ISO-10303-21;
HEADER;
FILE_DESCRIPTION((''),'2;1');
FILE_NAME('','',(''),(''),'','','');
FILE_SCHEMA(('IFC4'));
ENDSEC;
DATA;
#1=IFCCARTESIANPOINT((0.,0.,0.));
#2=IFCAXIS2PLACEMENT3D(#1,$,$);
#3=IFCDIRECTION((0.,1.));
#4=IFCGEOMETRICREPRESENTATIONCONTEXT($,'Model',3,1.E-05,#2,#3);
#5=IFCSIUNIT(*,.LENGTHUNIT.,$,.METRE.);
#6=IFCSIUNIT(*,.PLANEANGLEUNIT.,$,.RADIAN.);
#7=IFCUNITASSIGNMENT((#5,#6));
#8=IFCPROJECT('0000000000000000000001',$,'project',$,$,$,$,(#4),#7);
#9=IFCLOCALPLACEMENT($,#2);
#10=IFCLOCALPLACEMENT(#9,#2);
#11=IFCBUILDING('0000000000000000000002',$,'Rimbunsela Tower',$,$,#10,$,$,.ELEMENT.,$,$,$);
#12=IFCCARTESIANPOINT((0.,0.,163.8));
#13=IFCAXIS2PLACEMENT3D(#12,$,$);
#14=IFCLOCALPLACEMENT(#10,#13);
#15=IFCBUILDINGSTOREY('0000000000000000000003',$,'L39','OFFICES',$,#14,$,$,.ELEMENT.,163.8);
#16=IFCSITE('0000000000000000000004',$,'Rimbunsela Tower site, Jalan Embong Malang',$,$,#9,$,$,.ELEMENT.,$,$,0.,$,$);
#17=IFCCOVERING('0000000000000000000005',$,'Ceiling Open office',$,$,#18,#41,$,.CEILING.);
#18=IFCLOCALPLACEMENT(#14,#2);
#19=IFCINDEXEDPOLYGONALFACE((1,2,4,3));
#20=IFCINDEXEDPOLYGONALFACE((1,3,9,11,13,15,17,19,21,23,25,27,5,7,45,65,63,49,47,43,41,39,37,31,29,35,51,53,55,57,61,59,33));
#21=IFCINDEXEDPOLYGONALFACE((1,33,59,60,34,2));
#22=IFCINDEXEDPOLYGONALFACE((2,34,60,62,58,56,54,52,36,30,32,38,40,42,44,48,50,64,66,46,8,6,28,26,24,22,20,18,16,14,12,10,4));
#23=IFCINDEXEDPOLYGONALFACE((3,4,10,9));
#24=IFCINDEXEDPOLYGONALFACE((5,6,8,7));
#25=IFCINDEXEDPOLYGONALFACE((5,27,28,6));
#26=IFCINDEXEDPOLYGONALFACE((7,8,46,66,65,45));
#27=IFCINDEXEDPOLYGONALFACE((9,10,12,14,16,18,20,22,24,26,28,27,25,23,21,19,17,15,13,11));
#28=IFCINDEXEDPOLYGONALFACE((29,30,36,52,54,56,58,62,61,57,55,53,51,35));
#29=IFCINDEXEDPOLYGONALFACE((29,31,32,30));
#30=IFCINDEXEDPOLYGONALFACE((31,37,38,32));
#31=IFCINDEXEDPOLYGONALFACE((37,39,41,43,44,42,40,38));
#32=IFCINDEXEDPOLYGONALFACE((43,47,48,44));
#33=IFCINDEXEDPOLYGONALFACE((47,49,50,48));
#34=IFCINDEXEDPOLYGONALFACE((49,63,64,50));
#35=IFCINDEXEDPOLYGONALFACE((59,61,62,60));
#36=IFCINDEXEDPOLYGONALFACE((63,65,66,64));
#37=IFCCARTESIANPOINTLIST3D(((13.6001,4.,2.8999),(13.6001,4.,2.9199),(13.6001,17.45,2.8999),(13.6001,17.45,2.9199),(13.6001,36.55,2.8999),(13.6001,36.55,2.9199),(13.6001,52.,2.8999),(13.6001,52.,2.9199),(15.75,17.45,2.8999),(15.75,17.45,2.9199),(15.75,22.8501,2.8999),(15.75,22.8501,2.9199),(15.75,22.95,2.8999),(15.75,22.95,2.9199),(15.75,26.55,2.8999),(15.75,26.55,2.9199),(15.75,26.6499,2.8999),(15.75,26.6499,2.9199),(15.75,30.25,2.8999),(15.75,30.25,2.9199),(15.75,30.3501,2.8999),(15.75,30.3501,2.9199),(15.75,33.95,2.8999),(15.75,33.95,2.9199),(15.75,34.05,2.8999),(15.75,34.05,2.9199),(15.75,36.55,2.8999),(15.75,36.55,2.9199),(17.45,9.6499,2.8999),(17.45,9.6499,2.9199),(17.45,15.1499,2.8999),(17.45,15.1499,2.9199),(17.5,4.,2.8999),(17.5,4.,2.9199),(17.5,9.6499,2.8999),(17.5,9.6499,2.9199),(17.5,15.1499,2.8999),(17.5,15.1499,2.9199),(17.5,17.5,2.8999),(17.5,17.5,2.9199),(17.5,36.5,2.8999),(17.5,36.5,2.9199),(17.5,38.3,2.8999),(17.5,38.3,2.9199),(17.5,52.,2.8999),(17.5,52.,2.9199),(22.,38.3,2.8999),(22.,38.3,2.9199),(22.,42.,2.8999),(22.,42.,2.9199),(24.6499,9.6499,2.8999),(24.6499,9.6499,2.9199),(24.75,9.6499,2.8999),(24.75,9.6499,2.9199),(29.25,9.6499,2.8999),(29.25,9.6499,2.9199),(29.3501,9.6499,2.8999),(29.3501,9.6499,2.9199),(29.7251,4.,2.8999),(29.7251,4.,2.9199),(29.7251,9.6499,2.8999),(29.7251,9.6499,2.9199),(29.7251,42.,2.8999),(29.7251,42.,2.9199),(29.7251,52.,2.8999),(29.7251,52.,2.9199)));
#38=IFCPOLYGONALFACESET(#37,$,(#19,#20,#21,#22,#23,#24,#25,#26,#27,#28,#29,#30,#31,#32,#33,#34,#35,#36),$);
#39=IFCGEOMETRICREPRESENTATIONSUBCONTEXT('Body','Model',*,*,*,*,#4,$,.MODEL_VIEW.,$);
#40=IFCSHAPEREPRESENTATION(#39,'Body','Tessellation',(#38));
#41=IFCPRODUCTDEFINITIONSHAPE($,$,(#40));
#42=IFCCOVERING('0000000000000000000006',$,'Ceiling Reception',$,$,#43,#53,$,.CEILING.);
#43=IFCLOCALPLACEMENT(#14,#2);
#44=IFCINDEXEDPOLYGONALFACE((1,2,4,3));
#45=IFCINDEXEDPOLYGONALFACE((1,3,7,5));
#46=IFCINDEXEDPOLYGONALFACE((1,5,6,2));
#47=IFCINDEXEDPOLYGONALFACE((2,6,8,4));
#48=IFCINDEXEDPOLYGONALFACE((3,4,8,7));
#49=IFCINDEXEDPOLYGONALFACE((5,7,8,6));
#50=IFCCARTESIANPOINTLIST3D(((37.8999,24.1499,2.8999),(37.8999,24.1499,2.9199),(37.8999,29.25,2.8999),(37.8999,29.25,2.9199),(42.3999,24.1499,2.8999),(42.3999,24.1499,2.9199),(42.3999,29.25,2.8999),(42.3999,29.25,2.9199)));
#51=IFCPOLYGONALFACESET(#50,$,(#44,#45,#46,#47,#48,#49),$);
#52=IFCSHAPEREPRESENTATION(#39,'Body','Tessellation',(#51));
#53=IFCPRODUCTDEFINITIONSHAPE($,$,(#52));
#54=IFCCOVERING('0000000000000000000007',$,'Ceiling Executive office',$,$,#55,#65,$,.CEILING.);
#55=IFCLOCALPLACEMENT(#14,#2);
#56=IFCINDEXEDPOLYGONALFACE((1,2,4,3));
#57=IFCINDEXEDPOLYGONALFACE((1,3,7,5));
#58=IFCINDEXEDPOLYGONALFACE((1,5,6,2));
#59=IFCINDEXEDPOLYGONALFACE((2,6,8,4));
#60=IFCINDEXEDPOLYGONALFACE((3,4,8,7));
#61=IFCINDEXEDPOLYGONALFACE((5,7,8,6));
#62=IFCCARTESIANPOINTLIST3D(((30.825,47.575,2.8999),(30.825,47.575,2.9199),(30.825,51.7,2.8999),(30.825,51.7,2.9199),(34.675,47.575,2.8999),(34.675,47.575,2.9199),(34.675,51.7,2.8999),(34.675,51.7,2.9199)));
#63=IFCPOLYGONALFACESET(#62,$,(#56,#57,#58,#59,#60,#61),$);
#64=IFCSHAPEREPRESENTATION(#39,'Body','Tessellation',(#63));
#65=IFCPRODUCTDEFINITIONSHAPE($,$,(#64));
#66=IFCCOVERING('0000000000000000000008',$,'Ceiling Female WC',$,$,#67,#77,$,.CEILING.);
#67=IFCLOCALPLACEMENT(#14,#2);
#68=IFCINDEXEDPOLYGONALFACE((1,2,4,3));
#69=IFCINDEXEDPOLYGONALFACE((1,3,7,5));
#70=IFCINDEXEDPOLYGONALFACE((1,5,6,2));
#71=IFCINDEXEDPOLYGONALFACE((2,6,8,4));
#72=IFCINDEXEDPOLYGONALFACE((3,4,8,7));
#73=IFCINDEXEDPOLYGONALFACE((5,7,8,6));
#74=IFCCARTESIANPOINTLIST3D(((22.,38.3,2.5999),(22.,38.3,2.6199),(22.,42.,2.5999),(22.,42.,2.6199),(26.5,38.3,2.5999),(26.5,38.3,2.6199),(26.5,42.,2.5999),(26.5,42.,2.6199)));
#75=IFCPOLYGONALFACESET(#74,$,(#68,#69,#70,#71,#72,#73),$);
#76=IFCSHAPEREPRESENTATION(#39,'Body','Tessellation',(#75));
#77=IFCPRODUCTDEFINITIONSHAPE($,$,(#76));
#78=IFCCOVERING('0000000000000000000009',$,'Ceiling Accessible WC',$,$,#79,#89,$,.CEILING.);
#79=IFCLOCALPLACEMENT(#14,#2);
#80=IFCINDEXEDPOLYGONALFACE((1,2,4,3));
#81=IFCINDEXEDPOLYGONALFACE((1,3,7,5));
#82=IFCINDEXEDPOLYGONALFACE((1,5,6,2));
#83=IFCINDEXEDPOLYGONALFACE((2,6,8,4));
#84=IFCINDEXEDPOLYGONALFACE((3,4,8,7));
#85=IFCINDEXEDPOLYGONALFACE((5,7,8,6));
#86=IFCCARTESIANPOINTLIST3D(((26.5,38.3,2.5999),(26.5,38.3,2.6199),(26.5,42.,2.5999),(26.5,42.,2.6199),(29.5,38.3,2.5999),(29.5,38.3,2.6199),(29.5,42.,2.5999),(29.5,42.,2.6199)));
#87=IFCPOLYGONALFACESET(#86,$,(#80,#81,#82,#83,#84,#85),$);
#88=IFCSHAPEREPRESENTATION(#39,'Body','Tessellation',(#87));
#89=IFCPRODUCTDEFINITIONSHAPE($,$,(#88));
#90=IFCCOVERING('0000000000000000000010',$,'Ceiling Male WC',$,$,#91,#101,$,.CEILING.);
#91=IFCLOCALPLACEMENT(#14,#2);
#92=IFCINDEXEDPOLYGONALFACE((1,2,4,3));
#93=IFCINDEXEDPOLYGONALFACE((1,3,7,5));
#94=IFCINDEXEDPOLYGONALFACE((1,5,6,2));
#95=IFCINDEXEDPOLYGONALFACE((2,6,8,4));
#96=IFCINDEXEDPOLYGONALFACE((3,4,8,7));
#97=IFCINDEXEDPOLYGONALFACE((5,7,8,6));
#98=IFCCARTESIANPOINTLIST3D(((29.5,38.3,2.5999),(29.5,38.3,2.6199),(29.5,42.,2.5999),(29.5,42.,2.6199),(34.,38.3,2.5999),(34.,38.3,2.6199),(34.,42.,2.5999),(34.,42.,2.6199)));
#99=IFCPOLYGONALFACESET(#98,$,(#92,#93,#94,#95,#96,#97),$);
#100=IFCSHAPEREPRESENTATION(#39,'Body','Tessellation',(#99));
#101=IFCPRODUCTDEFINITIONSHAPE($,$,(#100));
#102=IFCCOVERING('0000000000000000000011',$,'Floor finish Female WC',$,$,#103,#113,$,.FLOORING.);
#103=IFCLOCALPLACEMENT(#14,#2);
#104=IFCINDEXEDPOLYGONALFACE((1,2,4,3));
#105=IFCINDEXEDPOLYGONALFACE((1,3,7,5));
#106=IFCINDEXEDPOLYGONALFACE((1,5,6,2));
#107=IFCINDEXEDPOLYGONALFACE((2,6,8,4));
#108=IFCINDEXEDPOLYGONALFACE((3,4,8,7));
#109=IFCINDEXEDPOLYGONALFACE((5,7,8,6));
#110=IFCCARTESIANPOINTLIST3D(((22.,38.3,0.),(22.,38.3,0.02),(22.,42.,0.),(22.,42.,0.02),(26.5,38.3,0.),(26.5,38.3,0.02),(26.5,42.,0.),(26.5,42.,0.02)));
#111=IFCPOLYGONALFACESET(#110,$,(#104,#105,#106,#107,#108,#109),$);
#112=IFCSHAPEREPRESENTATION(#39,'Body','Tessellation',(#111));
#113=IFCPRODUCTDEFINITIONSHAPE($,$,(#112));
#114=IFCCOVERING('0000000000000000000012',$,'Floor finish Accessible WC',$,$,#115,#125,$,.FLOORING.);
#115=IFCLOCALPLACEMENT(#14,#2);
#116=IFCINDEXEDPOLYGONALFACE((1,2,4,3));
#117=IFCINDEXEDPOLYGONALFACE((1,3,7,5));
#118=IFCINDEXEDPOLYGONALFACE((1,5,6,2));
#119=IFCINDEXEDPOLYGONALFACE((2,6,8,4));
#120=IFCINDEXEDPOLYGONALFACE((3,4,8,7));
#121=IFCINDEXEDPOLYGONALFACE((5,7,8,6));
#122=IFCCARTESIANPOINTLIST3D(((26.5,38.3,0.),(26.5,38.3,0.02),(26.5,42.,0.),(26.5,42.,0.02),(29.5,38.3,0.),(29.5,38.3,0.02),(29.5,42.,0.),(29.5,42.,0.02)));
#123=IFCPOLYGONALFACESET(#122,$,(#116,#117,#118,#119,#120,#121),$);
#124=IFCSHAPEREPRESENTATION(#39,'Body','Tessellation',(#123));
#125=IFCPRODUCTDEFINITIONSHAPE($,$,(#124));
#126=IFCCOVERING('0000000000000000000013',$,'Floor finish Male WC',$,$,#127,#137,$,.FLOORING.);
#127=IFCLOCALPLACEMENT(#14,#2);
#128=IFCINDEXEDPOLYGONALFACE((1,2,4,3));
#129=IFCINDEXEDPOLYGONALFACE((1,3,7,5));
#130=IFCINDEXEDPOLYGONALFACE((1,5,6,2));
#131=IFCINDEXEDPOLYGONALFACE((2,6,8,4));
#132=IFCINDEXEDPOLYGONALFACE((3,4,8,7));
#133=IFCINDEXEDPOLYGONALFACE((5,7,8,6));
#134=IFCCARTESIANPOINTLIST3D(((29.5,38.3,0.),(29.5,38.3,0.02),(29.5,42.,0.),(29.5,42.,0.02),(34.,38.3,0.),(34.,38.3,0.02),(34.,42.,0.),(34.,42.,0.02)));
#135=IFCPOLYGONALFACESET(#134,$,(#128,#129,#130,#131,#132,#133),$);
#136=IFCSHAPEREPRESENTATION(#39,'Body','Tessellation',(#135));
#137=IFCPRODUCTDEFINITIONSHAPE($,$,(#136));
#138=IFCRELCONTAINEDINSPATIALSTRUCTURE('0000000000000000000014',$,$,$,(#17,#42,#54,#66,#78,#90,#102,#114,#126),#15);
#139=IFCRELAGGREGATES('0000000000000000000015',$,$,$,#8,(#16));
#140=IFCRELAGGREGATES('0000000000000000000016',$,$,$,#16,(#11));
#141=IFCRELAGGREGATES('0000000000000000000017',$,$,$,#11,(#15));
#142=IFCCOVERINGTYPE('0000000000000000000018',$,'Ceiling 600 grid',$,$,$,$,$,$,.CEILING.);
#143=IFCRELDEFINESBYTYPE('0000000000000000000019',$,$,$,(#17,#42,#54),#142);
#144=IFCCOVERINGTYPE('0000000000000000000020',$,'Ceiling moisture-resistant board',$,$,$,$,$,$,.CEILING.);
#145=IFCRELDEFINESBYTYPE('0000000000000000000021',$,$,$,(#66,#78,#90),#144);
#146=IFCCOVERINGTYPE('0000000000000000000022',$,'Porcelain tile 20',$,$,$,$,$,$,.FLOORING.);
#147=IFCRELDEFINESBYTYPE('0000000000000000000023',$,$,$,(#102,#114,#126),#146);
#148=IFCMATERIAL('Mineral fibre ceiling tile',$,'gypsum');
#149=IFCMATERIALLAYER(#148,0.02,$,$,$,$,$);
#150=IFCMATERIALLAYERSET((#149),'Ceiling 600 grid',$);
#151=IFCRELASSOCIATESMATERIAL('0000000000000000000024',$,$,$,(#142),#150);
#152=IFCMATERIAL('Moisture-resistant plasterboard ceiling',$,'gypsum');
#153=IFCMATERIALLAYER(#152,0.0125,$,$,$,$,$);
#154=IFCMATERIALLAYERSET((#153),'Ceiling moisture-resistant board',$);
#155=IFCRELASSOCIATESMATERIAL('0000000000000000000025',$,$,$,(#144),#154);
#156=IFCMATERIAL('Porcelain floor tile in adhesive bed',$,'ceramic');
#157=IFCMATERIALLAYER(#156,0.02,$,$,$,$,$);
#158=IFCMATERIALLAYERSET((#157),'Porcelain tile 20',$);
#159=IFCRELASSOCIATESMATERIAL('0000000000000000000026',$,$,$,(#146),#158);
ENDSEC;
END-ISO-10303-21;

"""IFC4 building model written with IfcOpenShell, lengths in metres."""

from ifc_helpers import new_model, si_unit, direction, frame, origin, place, context, subcontext, project, spatial, polyline, outline, extrude, material, layer, layer_set, type_object, element, save


model = new_model("IFC4")

# Units and contexts
model_context = context("Model", 3, precision=1e-05, world=origin(), true_north=direction((0.0, 1.0)))
body_context = subcontext(model_context, "Body", "Model", "MODEL_VIEW")
ifc_project = project(units=[si_unit("LENGTHUNIT", "METRE"), si_unit("PLANEANGLEUNIT", "RADIAN")], contexts=[model_context])

# Site, building, storey
site_placement = place(None, origin())
site = spatial("IfcSite", under=ifc_project, at=site_placement, Name="Rimbunsela Tower site, Jalan Embong Malang", CompositionType="ELEMENT", RefElevation=0.0)
building_placement = place(site_placement, origin())
building = spatial("IfcBuilding", under=site, at=building_placement, Name="Rimbunsela Tower", CompositionType="ELEMENT")
storey_placement = place(building_placement, frame((0.0, 0.0, 163.8)))
storey = spatial("IfcBuildingStorey", under=building, at=storey_placement, Name="L39", Description="OFFICES", CompositionType="ELEMENT", Elevation=163.8)

# Coverings
ifc_material_1 = material(Name="Mineral fibre ceiling tile", Category="gypsum")
ifc_layer_1 = layer(ifc_material_1, 0.02)
ifc_layer_set_1 = layer_set([ifc_layer_1], Name="Ceiling 600 grid")
covering_type_1 = type_object("IfcCoveringType", Name="Ceiling 600 grid", PredefinedType="CEILING", material=ifc_layer_set_1)
covering_1_placement = place(storey_placement, frame((0.0, 0.0, 2.8999)))
element("IfcCovering", 1, at=covering_1_placement, inside=storey, type_object=covering_type_1, Name="Ceiling Open office", PredefinedType="CEILING", context=body_context, shape_type="SweptSolid", body=[
    extrude(outline(polyline([(17.5, 4.0), (13.6001, 4.0), (13.6001, 17.45), (15.75, 17.45), (15.75, 22.8501), (15.75, 22.95), (15.75, 26.55), (15.75, 26.6499), (15.75, 30.25), (15.75, 30.3501), (15.75, 33.95), (15.75, 34.05), (15.75, 36.55), (13.6001, 36.55), (13.6001, 52.0), (17.5, 52.0), (29.7251, 52.0), (29.7251, 42.0), (22.0, 42.0), (22.0, 38.3), (17.5, 38.3), (17.5, 36.5), (17.5, 17.5), (17.5, 15.1499), (17.45, 15.1499), (17.45, 9.6499), (17.5, 9.6499), (24.6499, 9.6499), (24.75, 9.6499), (29.25, 9.6499), (29.3501, 9.6499), (29.7251, 9.6499), (29.7251, 4.0), (17.5, 4.0)])), origin(), (0.0, 0.0, 1.0), 0.02),
])
covering_2_placement = place(storey_placement, frame((0.0, 0.0, 2.8999)))
element("IfcCovering", 2, at=covering_2_placement, inside=storey, type_object=covering_type_1, Name="Ceiling Reception", PredefinedType="CEILING", context=body_context, shape_type="SweptSolid", body=[
    extrude(outline(polyline([(42.3999, 24.1499), (42.3999, 29.25), (37.8999, 29.25), (37.8999, 24.1499), (42.3999, 24.1499)])), origin(), (0.0, 0.0, 1.0), 0.02),
])
covering_3_placement = place(storey_placement, frame((0.0, 0.0, 2.8999)))
element("IfcCovering", 3, at=covering_3_placement, inside=storey, type_object=covering_type_1, Name="Ceiling Executive office", PredefinedType="CEILING", context=body_context, shape_type="SweptSolid", body=[
    extrude(outline(polyline([(34.675, 47.575), (34.675, 51.7), (30.825, 51.7), (30.825, 47.575), (34.675, 47.575)])), origin(), (0.0, 0.0, 1.0), 0.02),
])
ifc_material_2 = material(Name="Moisture-resistant plasterboard ceiling", Category="gypsum")
ifc_layer_2 = layer(ifc_material_2, 0.0125)
ifc_layer_set_2 = layer_set([ifc_layer_2], Name="Ceiling moisture-resistant board")
covering_type_2 = type_object("IfcCoveringType", Name="Ceiling moisture-resistant board", PredefinedType="CEILING", material=ifc_layer_set_2)
covering_4_placement = place(storey_placement, frame((0.0, 0.0, 2.5999)))
element("IfcCovering", 4, at=covering_4_placement, inside=storey, type_object=covering_type_2, Name="Ceiling Female WC", PredefinedType="CEILING", context=body_context, shape_type="SweptSolid", body=[
    extrude(outline(polyline([(26.5, 38.3), (26.5, 42.0), (22.0, 42.0), (22.0, 38.3), (26.5, 38.3)])), origin(), (0.0, 0.0, 1.0), 0.02),
])
covering_5_placement = place(storey_placement, frame((0.0, 0.0, 2.5999)))
element("IfcCovering", 5, at=covering_5_placement, inside=storey, type_object=covering_type_2, Name="Ceiling Accessible WC", PredefinedType="CEILING", context=body_context, shape_type="SweptSolid", body=[
    extrude(outline(polyline([(29.5, 38.3), (29.5, 42.0), (26.5, 42.0), (26.5, 38.3), (29.5, 38.3)])), origin(), (0.0, 0.0, 1.0), 0.02),
])
covering_6_placement = place(storey_placement, frame((0.0, 0.0, 2.5999)))
element("IfcCovering", 6, at=covering_6_placement, inside=storey, type_object=covering_type_2, Name="Ceiling Male WC", PredefinedType="CEILING", context=body_context, shape_type="SweptSolid", body=[
    extrude(outline(polyline([(34.0, 38.3), (34.0, 42.0), (29.5, 42.0), (29.5, 38.3), (34.0, 38.3)])), origin(), (0.0, 0.0, 1.0), 0.02),
])
ifc_material_3 = material(Name="Porcelain floor tile in adhesive bed", Category="ceramic")
ifc_layer_3 = layer(ifc_material_3, 0.02)
ifc_layer_set_3 = layer_set([ifc_layer_3], Name="Porcelain tile 20")
covering_type_3 = type_object("IfcCoveringType", Name="Porcelain tile 20", PredefinedType="FLOORING", material=ifc_layer_set_3)
covering_7_placement = place(storey_placement, origin())
element("IfcCovering", 7, at=covering_7_placement, inside=storey, type_object=covering_type_3, Name="Floor finish Female WC", PredefinedType="FLOORING", context=body_context, shape_type="SweptSolid", body=[
    extrude(outline(polyline([(26.5, 38.3), (26.5, 42.0), (22.0, 42.0), (22.0, 38.3), (26.5, 38.3)])), origin(), (0.0, 0.0, 1.0), 0.02),
])
covering_8_placement = place(storey_placement, origin())
element("IfcCovering", 8, at=covering_8_placement, inside=storey, type_object=covering_type_3, Name="Floor finish Accessible WC", PredefinedType="FLOORING", context=body_context, shape_type="SweptSolid", body=[
    extrude(outline(polyline([(29.5, 38.3), (29.5, 42.0), (26.5, 42.0), (26.5, 38.3), (29.5, 38.3)])), origin(), (0.0, 0.0, 1.0), 0.02),
])
covering_9_placement = place(storey_placement, origin())
element("IfcCovering", 9, at=covering_9_placement, inside=storey, type_object=covering_type_3, Name="Floor finish Male WC", PredefinedType="FLOORING", context=body_context, shape_type="SweptSolid", body=[
    extrude(outline(polyline([(34.0, 38.3), (34.0, 42.0), (29.5, 42.0), (29.5, 38.3), (34.0, 38.3)])), origin(), (0.0, 0.0, 1.0), 0.02),
])

save(model, "model.ifc")
